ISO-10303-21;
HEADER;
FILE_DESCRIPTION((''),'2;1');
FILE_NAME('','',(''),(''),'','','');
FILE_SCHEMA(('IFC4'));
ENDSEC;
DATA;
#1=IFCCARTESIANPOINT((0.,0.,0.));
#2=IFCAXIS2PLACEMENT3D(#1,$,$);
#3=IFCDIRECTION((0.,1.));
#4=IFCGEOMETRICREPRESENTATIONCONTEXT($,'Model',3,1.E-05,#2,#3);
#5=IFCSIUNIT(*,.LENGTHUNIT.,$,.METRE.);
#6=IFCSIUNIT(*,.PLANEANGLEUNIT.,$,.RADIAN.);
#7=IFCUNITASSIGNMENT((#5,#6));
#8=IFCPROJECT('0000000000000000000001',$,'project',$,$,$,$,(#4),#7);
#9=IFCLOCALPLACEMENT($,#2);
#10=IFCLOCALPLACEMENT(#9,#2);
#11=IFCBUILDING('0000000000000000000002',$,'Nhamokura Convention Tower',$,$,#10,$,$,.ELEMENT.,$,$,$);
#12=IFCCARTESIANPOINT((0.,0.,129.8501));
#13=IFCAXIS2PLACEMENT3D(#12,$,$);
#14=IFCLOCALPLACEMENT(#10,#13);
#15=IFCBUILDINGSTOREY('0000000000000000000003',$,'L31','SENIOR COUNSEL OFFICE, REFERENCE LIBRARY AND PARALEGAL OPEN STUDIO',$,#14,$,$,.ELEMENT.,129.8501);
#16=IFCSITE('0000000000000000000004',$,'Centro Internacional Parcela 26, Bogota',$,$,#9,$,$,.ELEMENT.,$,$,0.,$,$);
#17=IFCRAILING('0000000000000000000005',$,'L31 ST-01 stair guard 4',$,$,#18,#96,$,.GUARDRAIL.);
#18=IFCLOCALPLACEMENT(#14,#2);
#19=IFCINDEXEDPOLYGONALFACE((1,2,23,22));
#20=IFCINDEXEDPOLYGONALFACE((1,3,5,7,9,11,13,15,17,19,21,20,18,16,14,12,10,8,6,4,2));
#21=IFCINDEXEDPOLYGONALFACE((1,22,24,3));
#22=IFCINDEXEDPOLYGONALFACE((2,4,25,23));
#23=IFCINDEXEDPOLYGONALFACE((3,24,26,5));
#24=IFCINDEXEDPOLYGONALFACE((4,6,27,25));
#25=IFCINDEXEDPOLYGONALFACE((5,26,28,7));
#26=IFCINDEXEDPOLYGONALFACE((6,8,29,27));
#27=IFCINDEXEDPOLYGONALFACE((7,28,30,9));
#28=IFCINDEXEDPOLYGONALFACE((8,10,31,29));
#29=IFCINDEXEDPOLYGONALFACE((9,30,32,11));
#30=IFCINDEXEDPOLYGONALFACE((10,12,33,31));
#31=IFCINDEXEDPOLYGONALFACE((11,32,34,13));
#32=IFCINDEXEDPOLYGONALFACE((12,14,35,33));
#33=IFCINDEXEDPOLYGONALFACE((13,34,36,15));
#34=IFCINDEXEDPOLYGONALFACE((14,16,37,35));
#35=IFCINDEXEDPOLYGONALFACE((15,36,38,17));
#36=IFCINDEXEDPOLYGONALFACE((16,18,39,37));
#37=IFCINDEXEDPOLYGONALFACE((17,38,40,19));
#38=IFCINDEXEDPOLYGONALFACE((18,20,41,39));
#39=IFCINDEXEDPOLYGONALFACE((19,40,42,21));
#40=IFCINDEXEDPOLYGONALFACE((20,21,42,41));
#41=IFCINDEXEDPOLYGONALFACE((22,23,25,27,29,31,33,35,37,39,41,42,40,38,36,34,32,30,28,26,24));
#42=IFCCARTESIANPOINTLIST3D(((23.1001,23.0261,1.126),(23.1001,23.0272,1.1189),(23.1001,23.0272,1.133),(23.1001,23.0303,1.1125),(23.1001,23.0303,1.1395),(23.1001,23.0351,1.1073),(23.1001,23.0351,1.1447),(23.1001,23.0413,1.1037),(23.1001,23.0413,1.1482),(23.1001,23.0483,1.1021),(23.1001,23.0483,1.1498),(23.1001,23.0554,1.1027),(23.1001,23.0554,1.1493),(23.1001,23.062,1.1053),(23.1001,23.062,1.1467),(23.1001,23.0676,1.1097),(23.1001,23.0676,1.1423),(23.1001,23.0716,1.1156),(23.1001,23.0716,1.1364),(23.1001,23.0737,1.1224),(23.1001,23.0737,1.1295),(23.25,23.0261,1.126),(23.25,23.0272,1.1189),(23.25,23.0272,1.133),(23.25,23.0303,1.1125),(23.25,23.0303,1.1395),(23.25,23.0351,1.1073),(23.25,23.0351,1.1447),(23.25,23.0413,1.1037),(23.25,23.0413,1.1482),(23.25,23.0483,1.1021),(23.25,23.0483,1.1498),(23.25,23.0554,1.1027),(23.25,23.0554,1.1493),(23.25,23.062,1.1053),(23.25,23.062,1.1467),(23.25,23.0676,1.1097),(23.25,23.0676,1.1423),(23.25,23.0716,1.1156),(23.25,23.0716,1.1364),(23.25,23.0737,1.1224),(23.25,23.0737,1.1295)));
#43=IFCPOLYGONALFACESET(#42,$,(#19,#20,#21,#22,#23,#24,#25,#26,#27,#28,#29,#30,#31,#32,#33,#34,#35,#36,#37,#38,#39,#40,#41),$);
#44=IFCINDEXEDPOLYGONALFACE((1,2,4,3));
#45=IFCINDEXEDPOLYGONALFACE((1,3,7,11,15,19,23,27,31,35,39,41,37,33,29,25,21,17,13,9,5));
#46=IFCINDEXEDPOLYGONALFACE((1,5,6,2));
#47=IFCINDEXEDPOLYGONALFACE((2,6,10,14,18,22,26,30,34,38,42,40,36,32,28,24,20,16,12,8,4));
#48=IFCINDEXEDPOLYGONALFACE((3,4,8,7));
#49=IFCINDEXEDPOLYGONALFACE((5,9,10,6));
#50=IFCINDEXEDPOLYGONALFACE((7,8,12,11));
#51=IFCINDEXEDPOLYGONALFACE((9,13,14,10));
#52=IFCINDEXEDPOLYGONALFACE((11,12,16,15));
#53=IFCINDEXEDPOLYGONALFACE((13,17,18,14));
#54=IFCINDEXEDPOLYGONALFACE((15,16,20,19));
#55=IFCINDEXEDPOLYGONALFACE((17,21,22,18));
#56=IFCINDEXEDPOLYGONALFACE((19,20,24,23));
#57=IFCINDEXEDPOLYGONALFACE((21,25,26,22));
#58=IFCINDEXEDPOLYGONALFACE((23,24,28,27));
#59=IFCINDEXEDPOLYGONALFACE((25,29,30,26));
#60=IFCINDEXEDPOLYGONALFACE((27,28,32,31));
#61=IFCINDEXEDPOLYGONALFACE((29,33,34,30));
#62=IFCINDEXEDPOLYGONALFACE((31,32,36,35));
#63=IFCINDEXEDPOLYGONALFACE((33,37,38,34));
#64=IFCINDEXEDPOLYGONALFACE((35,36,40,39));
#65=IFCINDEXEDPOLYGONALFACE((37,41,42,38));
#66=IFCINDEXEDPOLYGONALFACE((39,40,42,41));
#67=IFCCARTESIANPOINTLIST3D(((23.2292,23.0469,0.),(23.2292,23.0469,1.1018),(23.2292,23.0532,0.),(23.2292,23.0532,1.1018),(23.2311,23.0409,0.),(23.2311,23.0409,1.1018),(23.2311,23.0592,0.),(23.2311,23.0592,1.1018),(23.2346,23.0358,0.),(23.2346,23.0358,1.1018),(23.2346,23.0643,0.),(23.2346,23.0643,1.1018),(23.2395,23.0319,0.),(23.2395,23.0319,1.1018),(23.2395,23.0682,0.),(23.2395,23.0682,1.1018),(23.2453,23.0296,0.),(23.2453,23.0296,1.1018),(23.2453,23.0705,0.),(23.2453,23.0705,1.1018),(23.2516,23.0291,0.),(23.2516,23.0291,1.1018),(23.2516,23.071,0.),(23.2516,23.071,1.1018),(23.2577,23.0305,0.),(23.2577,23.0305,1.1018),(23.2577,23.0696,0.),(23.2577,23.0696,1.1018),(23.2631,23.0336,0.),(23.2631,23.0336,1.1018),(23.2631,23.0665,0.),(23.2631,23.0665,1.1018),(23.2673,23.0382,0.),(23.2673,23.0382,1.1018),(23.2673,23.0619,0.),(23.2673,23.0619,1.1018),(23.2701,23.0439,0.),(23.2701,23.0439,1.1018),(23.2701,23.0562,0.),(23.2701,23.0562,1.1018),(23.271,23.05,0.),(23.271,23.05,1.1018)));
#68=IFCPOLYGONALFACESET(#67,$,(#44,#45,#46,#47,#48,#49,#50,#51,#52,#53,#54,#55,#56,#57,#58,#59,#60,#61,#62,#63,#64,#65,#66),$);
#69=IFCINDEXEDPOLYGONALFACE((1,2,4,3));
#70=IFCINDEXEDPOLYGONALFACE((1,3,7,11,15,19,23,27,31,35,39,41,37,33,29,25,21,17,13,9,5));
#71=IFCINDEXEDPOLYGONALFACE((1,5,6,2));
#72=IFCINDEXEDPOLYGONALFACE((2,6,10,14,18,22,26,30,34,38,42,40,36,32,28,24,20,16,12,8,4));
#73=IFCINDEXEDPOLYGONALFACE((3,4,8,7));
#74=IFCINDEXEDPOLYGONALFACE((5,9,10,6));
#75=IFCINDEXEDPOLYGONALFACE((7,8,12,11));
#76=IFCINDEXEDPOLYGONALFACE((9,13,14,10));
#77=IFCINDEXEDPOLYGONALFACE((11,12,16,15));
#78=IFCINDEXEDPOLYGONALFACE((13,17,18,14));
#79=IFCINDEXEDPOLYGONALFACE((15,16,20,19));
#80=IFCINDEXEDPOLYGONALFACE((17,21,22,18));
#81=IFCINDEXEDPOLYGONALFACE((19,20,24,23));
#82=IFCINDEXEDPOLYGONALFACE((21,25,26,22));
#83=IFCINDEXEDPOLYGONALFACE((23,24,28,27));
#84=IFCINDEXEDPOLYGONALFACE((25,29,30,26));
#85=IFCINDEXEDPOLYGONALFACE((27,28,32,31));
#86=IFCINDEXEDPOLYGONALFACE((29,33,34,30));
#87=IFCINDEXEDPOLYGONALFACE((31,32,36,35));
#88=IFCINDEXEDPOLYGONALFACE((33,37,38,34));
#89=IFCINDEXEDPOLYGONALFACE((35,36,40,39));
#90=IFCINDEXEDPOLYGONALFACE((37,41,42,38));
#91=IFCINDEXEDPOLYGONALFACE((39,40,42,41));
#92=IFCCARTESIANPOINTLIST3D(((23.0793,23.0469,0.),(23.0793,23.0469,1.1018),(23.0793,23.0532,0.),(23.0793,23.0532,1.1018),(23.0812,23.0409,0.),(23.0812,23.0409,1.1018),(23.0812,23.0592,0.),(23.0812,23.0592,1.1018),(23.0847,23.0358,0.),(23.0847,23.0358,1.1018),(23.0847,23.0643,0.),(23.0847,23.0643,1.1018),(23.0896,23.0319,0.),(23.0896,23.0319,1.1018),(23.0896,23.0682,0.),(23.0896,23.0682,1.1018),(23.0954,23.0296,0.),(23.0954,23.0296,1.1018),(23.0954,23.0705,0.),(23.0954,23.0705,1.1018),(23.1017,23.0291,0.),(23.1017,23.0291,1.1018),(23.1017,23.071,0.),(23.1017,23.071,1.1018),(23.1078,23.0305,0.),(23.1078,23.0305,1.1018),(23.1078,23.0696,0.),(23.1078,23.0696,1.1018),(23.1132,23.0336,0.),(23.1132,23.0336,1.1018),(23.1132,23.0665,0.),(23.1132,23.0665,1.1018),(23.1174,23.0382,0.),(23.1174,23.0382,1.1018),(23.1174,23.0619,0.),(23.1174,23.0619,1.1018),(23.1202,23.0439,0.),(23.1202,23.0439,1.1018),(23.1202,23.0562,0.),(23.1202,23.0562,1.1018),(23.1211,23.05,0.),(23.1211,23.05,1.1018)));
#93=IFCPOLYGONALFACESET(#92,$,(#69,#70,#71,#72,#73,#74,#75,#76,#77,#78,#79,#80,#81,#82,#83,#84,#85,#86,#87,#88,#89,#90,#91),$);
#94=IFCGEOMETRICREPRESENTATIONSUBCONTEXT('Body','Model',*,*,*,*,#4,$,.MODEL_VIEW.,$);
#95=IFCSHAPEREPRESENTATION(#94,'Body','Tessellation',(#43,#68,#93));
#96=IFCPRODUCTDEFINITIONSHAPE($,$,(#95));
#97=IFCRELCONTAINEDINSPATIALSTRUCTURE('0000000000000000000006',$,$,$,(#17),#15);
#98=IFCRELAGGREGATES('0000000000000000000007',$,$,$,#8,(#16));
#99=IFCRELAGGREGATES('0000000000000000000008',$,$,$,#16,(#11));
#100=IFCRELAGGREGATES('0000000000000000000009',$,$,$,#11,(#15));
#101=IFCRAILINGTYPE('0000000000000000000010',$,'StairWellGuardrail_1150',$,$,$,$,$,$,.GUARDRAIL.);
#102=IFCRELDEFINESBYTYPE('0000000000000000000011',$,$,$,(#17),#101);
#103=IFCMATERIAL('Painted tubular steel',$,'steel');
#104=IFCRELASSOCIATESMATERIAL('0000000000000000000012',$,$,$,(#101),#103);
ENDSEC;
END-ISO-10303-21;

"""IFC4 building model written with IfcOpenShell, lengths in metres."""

from ifc_helpers import new_model, si_unit, direction, frame, origin, origin_2d, place, context, subcontext, project, spatial, circle, extrude, material, type_object, element, save


model = new_model("IFC4")

# Units and contexts
model_context = context("Model", 3, precision=1e-05, world=origin(), true_north=direction((0.0, 1.0)))
body_context = subcontext(model_context, "Body", "Model", "MODEL_VIEW")
ifc_project = project(units=[si_unit("LENGTHUNIT", "METRE"), si_unit("PLANEANGLEUNIT", "RADIAN")], contexts=[model_context])

# Site, building, storey
site_placement = place(None, origin())
site = spatial("IfcSite", under=ifc_project, at=site_placement, Name="Centro Internacional Parcela 26, Bogota", CompositionType="ELEMENT", RefElevation=0.0)
building_placement = place(site_placement, origin())
building = spatial("IfcBuilding", under=site, at=building_placement, Name="Nhamokura Convention Tower", CompositionType="ELEMENT")
storey_placement = place(building_placement, frame((0.0, 0.0, 129.8501)))
storey = spatial("IfcBuildingStorey", under=building, at=storey_placement, Name="L31", Description="SENIOR COUNSEL OFFICE, REFERENCE LIBRARY AND PARALEGAL OPEN STUDIO", CompositionType="ELEMENT", Elevation=129.8501)

# Railing
ifc_material_1 = material(Name="Painted tubular steel", Category="steel")
railing_type_1 = type_object("IfcRailingType", Name="StairWellGuardrail_1150", PredefinedType="GUARDRAIL", material=ifc_material_1)
railing_1_placement = place(storey_placement, frame((23.25, 23.05, 0.0)))
element("IfcRailing", 1, at=railing_1_placement, inside=storey, type_object=railing_type_1, Name="L31 ST-01 stair guard 4", PredefinedType="GUARDRAIL", context=body_context, shape_type="SweptSolid", body=[
    extrude(circle(Radius=0.0239, at=origin_2d()), frame((0.0, 0.0, 1.126), z_axis=(-1.0, 0.0, 0.0), x_axis=(0.0, -1.0, 0.0)), (0.0, 0.0, 1.0), 0.1499),
    extrude(circle(Radius=0.021, at=origin_2d()), origin(), (0.0, 0.0, 1.0), 1.1018),
    extrude(circle(Radius=0.021, at=origin_2d()), frame((-0.1499, 0.0, 0.0)), (0.0, 0.0, 1.0), 1.1018),
])

save(model, "model.ifc")
